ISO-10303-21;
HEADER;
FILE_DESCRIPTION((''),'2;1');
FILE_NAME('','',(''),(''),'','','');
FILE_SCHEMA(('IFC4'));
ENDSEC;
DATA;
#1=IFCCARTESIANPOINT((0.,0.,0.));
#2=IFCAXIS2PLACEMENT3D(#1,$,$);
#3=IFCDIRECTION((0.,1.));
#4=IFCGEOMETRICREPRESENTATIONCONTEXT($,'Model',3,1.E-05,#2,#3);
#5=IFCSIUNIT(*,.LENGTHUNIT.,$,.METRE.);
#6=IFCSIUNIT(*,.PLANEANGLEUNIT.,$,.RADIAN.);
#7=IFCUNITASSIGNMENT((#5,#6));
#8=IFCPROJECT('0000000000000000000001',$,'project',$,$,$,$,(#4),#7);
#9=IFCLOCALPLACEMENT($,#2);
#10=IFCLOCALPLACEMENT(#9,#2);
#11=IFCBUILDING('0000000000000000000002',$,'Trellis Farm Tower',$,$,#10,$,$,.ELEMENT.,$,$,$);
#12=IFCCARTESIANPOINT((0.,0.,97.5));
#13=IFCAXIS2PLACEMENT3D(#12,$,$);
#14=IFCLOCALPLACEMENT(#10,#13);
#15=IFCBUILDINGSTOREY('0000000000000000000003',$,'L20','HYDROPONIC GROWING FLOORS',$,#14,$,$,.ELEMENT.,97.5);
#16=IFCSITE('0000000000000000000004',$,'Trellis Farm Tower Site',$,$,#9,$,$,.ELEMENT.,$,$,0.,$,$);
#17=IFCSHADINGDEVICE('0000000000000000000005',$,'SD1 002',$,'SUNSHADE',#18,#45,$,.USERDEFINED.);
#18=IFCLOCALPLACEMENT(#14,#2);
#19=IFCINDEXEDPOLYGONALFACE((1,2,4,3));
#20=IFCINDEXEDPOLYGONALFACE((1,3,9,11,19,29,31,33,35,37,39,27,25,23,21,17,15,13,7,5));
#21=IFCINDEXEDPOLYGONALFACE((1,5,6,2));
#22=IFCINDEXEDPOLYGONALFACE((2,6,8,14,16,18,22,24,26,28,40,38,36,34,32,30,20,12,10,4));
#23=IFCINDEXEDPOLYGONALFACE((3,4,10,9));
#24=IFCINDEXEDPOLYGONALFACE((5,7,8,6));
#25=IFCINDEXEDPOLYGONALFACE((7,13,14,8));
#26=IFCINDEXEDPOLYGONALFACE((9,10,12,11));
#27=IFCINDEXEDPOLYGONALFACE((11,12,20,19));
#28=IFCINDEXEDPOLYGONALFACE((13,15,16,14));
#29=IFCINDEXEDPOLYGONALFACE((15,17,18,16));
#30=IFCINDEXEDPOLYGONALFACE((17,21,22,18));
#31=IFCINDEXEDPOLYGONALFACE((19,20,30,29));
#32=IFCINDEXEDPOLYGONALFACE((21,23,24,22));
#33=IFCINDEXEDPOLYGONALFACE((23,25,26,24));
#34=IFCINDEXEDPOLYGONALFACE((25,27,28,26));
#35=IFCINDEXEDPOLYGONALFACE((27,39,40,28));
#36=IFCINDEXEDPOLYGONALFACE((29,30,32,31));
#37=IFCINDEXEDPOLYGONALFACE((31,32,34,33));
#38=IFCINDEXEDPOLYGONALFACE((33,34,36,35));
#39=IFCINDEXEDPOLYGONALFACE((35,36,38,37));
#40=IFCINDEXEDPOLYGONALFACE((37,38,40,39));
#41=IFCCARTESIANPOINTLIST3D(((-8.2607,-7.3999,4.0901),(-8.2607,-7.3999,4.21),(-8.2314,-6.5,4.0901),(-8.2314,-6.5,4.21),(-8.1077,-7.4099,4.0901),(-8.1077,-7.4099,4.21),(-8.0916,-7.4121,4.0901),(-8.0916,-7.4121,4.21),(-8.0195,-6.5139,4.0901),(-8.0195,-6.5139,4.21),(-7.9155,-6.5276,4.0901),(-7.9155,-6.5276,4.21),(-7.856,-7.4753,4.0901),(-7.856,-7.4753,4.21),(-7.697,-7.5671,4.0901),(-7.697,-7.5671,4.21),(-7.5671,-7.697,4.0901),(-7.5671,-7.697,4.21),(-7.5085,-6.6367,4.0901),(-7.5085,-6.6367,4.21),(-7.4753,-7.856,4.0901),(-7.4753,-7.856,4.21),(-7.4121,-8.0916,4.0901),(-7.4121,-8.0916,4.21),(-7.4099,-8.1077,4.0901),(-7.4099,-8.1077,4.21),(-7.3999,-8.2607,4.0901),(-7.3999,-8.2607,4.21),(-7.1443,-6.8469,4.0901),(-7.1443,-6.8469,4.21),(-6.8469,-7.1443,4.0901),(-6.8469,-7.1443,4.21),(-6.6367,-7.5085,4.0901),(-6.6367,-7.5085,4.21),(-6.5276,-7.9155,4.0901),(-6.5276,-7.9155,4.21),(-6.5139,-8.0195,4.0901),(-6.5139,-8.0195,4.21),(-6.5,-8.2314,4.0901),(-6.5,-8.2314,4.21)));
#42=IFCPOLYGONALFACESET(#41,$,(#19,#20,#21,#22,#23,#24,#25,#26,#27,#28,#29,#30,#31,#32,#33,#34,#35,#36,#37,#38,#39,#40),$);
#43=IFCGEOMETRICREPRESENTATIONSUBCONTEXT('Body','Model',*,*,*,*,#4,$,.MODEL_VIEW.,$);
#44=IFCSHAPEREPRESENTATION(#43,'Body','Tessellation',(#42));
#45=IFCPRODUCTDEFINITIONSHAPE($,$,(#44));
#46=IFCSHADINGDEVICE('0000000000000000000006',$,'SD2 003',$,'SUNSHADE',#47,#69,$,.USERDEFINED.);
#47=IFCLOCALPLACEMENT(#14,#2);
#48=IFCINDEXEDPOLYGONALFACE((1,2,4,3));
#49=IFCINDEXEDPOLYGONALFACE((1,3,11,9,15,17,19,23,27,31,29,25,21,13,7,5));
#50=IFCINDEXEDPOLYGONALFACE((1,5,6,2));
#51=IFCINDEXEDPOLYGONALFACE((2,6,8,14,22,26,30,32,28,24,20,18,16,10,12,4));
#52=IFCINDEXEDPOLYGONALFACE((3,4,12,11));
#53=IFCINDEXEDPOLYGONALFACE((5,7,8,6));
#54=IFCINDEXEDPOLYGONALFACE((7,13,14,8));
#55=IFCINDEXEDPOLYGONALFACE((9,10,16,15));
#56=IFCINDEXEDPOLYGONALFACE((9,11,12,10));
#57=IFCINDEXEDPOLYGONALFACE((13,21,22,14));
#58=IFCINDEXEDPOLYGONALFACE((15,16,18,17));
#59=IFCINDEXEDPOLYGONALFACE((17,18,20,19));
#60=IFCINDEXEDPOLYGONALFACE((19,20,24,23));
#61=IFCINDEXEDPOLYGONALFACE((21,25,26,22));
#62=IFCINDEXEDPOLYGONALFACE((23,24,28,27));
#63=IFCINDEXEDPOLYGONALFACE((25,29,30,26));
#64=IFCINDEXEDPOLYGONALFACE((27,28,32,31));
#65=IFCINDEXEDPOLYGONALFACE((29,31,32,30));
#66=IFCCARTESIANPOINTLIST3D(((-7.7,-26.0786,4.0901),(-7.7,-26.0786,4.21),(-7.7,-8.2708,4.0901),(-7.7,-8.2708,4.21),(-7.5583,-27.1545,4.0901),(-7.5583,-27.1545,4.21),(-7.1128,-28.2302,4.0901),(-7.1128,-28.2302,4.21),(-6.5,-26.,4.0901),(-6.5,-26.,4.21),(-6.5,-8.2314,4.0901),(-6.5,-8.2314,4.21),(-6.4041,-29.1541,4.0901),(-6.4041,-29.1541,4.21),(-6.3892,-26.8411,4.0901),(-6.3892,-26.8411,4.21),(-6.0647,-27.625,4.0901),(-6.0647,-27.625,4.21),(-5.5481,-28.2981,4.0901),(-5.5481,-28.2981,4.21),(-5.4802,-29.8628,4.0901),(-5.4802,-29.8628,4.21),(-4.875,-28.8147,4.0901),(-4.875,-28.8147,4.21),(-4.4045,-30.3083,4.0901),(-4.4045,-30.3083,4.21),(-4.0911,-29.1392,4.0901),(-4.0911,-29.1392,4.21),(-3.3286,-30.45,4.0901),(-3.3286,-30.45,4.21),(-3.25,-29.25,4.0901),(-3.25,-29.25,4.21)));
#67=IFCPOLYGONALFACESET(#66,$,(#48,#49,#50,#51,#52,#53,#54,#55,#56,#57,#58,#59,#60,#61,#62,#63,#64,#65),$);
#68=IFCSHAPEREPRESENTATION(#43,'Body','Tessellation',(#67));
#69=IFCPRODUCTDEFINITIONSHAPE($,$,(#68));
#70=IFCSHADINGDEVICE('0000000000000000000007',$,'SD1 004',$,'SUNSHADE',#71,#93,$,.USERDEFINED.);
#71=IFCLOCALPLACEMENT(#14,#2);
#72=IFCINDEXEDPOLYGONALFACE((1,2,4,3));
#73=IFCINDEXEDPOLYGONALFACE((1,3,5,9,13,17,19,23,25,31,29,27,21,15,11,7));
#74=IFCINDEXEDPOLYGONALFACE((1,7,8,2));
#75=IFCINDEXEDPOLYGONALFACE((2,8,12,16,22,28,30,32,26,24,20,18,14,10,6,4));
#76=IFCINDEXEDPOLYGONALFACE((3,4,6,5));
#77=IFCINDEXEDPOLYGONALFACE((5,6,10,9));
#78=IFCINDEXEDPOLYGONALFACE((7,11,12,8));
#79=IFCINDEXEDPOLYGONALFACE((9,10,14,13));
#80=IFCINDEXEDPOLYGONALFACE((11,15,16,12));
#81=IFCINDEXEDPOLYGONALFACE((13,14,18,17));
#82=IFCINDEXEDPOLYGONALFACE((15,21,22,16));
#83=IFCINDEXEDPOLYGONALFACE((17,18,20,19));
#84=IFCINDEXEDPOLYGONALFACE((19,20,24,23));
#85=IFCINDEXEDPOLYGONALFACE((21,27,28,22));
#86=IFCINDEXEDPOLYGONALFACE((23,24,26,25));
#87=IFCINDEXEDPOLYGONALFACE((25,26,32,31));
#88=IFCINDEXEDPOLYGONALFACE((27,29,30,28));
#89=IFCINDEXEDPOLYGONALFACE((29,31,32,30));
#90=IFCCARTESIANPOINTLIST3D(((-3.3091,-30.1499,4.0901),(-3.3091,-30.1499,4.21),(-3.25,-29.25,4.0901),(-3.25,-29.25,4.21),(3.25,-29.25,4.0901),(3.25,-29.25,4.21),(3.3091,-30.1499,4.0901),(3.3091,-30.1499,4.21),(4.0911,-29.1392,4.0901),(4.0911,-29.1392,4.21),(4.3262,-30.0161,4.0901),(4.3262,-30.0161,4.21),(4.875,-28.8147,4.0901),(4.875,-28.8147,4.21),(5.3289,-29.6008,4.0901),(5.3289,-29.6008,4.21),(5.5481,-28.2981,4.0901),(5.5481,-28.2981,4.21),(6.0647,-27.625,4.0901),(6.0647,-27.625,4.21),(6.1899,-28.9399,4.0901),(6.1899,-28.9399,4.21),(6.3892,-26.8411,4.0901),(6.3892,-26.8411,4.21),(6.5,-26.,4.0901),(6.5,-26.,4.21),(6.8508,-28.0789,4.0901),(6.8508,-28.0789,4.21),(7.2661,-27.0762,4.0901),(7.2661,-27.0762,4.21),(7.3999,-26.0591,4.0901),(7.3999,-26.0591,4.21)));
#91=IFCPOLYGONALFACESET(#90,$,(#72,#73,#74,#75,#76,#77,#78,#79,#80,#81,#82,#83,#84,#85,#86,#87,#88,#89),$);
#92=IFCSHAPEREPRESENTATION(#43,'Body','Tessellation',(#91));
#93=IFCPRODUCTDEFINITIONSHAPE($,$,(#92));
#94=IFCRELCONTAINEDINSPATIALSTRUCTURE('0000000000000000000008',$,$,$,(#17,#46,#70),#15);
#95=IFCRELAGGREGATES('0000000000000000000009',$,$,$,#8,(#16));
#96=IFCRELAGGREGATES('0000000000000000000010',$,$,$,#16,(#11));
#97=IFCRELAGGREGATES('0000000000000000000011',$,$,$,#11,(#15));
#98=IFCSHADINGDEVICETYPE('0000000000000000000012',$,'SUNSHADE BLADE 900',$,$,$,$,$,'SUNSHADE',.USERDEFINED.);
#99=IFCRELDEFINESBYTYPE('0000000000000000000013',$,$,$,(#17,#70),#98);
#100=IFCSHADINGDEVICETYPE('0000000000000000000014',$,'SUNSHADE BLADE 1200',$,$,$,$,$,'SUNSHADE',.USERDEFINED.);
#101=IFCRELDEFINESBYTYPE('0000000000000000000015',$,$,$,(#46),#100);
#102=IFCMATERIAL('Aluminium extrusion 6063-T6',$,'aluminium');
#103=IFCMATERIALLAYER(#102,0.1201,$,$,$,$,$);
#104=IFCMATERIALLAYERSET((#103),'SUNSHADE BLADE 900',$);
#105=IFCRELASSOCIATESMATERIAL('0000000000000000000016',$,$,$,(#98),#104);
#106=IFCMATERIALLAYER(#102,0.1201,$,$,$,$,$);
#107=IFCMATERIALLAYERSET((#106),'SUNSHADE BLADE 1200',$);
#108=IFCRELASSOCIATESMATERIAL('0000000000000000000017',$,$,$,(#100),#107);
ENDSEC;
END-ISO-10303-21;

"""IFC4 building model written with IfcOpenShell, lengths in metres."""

from ifc_helpers import new_model, si_unit, direction, frame, origin, place, context, subcontext, project, spatial, polyline, outline, extrude, source, transform, mapped, material, layer, layer_set, type_object, element, save


model = new_model("IFC4")

# Units and contexts
model_context = context("Model", 3, precision=1e-05, world=origin(), true_north=direction((0.0, 1.0)))
body_context = subcontext(model_context, "Body", "Model", "MODEL_VIEW")
ifc_project = project(units=[si_unit("LENGTHUNIT", "METRE"), si_unit("PLANEANGLEUNIT", "RADIAN")], contexts=[model_context])

# Site, building, storey
site_placement = place(None, origin())
site = spatial("IfcSite", under=ifc_project, at=site_placement, Name="Trellis Farm Tower Site", CompositionType="ELEMENT", RefElevation=0.0)
building_placement = place(site_placement, origin())
building = spatial("IfcBuilding", under=site, at=building_placement, Name="Trellis Farm Tower", CompositionType="ELEMENT")
storey_placement = place(building_placement, frame((0.0, 0.0, 97.5)))
storey = spatial("IfcBuildingStorey", under=building, at=storey_placement, Name="L20", Description="HYDROPONIC GROWING FLOORS", CompositionType="ELEMENT", Elevation=97.5)

# Shared definitions
ifc_material_1 = material(Name="Aluminium extrusion 6063-T6", Category="aluminium")

# Shading devices
ifc_layer_1 = layer(ifc_material_1, 0.1201)
ifc_layer_set_1 = layer_set([ifc_layer_1], Name="SUNSHADE BLADE 900")
shading_device_type_1 = type_object("IfcShadingDeviceType", Name="SUNSHADE BLADE 900", ElementType="SUNSHADE", PredefinedType="USERDEFINED", material=ifc_layer_set_1)
placement_1 = place(storey_placement, frame((0.0, 0.0, 4.0901)))
shared_shape_1 = source(origin(), body_context, "Body", "SweptSolid", [
    extrude(outline(polyline([(-8.2607, -7.3999), (-8.1077, -7.4099), (-8.0916, -7.4121), (-7.856, -7.4753), (-7.697, -7.5671), (-7.5671, -7.697), (-7.4753, -7.856), (-7.4121, -8.0916), (-7.4099, -8.1077), (-7.3999, -8.2607), (-6.5, -8.2314), (-6.5139, -8.0195), (-6.5276, -7.9155), (-6.6367, -7.5085), (-6.8469, -7.1443), (-7.1443, -6.8469), (-7.5085, -6.6367), (-7.9155, -6.5276), (-8.0195, -6.5139), (-8.2314, -6.5), (-8.2607, -7.3999)])), origin(), (0.0, 0.0, 1.0), 0.1199),
])
element("IfcShadingDevice", 1, at=placement_1, inside=storey, type_object=shading_device_type_1, Name="SD1 002", ObjectType="SUNSHADE", PredefinedType="USERDEFINED", context=body_context, shape_type="MappedRepresentation", body=[
    mapped(shared_shape_1, transform((0.0, 0.0, 0.0))),
])
ifc_layer_2 = layer(ifc_material_1, 0.1201)
ifc_layer_set_2 = layer_set([ifc_layer_2], Name="SUNSHADE BLADE 1200")
shading_device_type_2 = type_object("IfcShadingDeviceType", Name="SUNSHADE BLADE 1200", ElementType="SUNSHADE", PredefinedType="USERDEFINED", material=ifc_layer_set_2)
shared_shape_2 = source(origin(), body_context, "Body", "SweptSolid", [
    extrude(outline(polyline([(-7.7, -8.2708), (-7.7, -26.0786), (-7.5583, -27.1545), (-7.1128, -28.2302), (-6.4041, -29.1541), (-5.4802, -29.8628), (-4.4045, -30.3083), (-3.3286, -30.45), (-3.25, -29.25), (-4.0911, -29.1392), (-4.875, -28.8147), (-5.5481, -28.2981), (-6.0647, -27.625), (-6.3892, -26.8411), (-6.5, -26.0), (-6.5, -8.2314), (-7.7, -8.2708)])), origin(), (0.0, 0.0, 1.0), 0.1199),
])
element("IfcShadingDevice", 2, at=placement_1, inside=storey, type_object=shading_device_type_2, Name="SD2 003", ObjectType="SUNSHADE", PredefinedType="USERDEFINED", context=body_context, shape_type="MappedRepresentation", body=[
    mapped(shared_shape_2, transform((0.0, 0.0, 0.0))),
])
shared_shape_3 = source(origin(), body_context, "Body", "SweptSolid", [
    extrude(outline(polyline([(-3.3091, -30.1499), (3.3091, -30.1499), (4.3262, -30.0161), (5.3289, -29.6008), (6.1899, -28.9399), (6.8508, -28.0789), (7.2661, -27.0762), (7.3999, -26.0591), (6.5, -26.0), (6.3892, -26.8411), (6.0647, -27.625), (5.5481, -28.2981), (4.875, -28.8147), (4.0911, -29.1392), (3.25, -29.25), (-3.25, -29.25), (-3.3091, -30.1499)])), origin(), (0.0, 0.0, 1.0), 0.1199),
])
element("IfcShadingDevice", 3, at=placement_1, inside=storey, type_object=shading_device_type_1, Name="SD1 004", ObjectType="SUNSHADE", PredefinedType="USERDEFINED", context=body_context, shape_type="MappedRepresentation", body=[
    mapped(shared_shape_3, transform((0.0, 0.0, 0.0))),
])

save(model, "model.ifc")
